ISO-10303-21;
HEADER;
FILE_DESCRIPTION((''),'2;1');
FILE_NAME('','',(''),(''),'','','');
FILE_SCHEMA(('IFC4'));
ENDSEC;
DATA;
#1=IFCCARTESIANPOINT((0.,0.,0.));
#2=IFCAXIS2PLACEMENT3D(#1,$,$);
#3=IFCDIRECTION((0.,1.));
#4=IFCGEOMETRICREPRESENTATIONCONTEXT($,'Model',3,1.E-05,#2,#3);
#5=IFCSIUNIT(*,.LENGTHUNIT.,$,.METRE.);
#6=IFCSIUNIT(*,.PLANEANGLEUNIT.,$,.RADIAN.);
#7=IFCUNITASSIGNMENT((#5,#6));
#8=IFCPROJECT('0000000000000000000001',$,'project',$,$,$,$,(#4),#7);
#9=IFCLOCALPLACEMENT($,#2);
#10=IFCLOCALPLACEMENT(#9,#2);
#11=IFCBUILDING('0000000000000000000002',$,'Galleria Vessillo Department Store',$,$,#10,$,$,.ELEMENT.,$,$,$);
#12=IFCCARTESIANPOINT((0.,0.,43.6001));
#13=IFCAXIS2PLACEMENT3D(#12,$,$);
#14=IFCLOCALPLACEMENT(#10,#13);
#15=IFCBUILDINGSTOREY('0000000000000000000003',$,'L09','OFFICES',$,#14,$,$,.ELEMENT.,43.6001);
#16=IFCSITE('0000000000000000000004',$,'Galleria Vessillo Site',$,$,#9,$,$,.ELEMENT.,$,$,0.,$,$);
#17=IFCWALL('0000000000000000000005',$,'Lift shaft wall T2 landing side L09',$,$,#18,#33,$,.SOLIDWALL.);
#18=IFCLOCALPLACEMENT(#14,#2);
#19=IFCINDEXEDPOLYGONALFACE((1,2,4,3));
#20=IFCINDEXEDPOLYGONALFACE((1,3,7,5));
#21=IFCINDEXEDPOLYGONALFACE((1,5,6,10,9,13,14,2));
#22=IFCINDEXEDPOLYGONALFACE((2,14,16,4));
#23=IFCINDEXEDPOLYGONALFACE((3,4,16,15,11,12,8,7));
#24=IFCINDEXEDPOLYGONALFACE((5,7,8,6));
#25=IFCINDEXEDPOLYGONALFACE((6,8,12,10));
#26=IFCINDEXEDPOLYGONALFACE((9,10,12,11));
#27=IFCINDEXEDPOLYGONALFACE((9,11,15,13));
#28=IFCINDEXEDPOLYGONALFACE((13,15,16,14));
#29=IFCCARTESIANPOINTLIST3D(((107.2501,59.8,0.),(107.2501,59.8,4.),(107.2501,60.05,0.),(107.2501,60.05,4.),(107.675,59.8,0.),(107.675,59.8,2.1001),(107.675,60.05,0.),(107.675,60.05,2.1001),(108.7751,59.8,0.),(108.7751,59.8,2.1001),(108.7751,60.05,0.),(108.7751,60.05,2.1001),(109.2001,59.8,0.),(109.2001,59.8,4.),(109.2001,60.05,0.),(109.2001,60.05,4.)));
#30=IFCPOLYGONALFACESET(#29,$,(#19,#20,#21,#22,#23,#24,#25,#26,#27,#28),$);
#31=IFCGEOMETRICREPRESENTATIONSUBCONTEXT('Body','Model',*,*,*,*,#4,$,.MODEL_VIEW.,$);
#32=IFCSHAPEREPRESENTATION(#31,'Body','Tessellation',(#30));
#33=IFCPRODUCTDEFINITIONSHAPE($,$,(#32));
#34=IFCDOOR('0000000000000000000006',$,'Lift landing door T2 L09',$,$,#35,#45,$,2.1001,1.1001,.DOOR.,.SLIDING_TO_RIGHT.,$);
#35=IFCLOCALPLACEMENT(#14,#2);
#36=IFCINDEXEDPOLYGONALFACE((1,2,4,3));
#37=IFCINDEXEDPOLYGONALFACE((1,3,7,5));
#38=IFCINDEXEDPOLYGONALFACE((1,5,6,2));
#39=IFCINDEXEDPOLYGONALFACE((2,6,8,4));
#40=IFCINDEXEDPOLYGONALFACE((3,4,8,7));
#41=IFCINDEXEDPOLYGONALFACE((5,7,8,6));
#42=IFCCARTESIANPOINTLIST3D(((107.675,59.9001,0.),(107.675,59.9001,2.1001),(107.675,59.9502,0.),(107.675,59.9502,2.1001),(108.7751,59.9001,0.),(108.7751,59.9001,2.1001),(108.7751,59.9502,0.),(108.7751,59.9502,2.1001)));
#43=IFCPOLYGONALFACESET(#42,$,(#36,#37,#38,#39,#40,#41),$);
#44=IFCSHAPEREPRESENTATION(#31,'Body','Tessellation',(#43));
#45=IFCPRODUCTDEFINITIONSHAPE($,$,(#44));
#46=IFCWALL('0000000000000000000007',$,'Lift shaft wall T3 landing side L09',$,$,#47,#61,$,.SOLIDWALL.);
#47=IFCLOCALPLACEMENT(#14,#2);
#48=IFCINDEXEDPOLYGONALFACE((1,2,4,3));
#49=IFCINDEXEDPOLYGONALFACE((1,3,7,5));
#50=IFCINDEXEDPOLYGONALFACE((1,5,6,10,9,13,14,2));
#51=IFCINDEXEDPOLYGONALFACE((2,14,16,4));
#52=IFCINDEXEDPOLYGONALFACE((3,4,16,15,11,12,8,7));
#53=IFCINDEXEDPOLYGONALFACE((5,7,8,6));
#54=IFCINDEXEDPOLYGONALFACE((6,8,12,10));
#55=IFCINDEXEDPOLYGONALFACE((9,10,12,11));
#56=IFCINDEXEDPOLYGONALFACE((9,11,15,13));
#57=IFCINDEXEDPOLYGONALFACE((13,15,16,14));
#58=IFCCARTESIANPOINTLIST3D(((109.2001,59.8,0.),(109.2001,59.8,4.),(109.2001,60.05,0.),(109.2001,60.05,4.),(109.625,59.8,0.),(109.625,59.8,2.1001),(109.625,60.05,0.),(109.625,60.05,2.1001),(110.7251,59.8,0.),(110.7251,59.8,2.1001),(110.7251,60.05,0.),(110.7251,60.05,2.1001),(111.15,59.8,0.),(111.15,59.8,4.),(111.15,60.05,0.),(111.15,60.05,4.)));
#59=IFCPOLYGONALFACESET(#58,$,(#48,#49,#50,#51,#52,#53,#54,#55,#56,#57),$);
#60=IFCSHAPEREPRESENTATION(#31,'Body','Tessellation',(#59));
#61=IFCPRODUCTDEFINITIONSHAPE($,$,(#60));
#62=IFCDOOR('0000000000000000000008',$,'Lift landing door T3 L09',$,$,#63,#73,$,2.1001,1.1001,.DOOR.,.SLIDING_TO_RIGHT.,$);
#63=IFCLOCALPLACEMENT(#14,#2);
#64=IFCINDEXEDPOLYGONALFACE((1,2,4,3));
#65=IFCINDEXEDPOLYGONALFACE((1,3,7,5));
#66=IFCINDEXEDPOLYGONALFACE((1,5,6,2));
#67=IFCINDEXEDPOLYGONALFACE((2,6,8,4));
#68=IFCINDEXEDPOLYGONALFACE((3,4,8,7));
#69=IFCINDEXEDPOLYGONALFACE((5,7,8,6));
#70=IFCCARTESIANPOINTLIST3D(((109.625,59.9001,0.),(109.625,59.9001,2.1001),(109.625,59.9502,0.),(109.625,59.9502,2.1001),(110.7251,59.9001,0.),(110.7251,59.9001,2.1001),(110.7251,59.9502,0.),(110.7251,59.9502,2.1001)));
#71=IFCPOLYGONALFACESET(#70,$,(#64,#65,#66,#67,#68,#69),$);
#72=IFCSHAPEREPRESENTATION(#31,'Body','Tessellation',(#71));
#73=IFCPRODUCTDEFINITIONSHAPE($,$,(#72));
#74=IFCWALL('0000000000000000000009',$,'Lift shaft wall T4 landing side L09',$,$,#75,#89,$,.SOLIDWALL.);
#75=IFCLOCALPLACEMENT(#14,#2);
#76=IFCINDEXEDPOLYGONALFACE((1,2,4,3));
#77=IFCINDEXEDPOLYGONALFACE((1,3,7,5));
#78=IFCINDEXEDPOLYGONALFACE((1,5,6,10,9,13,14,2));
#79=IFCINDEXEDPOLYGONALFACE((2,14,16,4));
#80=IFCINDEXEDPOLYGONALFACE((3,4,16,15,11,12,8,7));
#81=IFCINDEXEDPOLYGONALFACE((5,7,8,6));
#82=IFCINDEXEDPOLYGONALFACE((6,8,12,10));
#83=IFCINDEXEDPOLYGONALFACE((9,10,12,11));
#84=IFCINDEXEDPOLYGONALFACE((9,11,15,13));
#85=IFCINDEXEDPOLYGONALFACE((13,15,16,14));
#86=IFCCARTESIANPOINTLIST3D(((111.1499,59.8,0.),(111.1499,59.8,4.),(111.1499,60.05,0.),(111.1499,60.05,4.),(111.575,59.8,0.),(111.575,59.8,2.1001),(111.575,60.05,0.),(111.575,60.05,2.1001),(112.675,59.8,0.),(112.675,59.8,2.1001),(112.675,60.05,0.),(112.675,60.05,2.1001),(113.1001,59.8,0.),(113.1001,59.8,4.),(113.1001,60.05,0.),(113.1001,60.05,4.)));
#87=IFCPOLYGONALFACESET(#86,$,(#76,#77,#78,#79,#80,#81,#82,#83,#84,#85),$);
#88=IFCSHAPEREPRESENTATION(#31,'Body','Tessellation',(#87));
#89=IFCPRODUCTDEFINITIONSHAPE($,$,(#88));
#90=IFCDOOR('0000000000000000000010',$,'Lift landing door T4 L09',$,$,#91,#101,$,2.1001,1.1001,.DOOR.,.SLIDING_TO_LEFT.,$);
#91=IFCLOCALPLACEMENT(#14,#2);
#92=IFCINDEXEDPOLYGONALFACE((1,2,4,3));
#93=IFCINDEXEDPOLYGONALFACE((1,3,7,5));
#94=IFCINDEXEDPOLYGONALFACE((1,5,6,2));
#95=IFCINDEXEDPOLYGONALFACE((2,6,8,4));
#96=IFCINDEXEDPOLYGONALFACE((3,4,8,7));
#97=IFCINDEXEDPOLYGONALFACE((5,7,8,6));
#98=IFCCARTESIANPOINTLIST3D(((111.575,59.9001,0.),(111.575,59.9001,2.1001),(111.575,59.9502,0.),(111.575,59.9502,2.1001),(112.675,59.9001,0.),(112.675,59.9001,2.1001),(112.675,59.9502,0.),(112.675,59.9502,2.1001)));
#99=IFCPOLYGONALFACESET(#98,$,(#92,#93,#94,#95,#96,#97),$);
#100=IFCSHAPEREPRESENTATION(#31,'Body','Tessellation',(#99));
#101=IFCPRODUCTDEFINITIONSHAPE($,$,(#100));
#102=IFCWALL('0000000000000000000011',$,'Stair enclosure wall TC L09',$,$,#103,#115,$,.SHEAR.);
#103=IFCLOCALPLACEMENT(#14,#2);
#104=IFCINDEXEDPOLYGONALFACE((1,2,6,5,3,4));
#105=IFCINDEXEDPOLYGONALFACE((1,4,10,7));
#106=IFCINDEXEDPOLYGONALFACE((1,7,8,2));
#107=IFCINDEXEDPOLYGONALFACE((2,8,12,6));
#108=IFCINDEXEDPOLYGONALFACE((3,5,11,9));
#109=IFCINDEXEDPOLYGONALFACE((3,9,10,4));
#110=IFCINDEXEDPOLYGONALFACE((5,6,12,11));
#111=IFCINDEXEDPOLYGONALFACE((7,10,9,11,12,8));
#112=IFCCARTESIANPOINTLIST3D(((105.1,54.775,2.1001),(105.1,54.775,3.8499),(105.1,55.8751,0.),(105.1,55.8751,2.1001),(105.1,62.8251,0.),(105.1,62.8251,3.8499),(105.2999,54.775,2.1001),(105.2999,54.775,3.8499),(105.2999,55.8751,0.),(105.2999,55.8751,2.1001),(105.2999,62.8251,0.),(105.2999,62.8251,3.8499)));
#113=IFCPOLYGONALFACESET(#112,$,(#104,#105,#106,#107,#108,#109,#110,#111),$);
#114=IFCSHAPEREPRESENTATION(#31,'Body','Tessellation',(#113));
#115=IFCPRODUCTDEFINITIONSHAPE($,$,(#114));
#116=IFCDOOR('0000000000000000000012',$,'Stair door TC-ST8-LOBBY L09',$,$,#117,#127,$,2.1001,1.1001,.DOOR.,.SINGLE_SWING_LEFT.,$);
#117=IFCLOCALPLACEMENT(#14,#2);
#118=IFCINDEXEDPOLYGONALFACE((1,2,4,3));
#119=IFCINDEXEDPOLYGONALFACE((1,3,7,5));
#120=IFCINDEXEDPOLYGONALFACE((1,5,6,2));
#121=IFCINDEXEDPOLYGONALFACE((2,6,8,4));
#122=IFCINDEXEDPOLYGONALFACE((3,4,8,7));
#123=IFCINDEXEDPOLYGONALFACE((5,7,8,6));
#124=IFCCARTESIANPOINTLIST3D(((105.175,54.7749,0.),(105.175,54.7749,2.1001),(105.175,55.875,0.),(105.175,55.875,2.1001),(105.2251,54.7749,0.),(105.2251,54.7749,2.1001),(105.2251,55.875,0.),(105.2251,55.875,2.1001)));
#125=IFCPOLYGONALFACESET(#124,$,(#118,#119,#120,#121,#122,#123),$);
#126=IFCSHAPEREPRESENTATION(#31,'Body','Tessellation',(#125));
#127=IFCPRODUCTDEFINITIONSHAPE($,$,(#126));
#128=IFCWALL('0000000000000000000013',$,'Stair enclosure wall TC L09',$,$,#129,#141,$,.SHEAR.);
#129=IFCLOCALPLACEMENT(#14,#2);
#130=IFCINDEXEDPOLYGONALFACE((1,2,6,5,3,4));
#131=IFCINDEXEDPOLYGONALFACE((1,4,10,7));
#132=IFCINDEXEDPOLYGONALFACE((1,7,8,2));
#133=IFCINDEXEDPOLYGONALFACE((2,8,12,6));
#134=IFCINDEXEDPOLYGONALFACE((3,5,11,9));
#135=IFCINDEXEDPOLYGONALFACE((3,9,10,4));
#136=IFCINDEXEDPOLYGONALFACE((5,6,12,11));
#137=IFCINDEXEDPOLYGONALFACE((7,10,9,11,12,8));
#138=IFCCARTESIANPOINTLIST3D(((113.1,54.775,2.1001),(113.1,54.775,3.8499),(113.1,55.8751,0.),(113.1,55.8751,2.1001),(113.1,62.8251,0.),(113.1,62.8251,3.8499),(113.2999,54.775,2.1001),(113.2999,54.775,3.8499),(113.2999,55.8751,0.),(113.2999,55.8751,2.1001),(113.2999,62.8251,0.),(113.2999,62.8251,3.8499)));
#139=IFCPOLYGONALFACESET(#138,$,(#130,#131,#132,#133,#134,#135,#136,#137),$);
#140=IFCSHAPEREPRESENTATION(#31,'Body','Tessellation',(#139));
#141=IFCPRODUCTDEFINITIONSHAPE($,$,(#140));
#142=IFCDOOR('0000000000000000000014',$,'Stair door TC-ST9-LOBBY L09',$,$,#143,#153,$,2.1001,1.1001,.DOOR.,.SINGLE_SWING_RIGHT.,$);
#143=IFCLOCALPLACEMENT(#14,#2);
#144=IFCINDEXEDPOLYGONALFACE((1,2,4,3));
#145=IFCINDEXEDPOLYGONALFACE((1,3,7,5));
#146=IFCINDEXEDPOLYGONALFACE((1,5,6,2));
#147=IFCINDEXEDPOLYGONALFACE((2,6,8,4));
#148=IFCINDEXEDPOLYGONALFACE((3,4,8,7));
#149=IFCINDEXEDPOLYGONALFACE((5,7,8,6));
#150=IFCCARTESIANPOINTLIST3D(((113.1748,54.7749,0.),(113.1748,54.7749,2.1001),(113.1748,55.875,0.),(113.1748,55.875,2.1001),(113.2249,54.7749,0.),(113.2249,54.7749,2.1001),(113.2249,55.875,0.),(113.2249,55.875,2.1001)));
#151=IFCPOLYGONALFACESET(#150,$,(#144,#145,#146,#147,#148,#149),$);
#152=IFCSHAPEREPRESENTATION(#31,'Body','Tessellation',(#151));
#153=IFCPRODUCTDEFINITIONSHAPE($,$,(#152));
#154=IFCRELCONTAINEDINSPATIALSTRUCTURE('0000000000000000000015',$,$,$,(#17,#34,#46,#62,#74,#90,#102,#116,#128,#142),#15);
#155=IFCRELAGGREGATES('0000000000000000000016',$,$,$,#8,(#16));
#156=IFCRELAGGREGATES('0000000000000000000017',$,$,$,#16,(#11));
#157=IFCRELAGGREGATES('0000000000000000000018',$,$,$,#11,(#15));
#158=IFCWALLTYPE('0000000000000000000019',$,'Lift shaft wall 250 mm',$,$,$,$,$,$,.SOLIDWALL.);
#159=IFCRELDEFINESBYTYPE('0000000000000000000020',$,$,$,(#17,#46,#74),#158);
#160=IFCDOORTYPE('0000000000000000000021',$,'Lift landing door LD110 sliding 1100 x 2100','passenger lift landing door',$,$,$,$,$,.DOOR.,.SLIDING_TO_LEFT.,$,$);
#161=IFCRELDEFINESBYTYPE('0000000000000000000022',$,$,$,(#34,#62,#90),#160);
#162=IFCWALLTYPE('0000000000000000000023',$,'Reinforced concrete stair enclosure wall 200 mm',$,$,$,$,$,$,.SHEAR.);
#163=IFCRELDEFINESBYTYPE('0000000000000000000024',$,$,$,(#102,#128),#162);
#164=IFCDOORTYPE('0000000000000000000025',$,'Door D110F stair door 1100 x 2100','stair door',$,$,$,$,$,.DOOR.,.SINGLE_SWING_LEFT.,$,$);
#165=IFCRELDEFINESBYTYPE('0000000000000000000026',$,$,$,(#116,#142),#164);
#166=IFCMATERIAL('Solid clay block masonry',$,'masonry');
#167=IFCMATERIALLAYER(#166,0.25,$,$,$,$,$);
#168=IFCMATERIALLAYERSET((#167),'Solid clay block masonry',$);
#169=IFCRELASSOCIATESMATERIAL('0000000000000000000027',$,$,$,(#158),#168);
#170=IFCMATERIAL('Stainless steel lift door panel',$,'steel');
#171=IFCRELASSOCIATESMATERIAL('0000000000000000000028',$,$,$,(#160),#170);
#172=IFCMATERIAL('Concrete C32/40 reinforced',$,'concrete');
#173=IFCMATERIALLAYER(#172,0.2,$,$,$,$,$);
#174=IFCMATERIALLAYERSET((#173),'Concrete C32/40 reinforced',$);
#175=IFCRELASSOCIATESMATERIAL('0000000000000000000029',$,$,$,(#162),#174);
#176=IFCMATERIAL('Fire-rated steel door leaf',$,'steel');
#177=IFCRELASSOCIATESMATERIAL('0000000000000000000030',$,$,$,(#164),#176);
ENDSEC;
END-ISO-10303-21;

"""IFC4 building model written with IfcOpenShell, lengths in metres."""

from ifc_helpers import new_model, si_unit, direction, frame, frame_2d, origin, place, context, subcontext, project, spatial, rectangle, extrude, material, layer, layer_set, type_object, element, fill, save


model = new_model("IFC4")

# Units and contexts
model_context = context("Model", 3, precision=1e-05, world=origin(), true_north=direction((0.0, 1.0)))
body_context = subcontext(model_context, "Body", "Model", "MODEL_VIEW")
ifc_project = project(units=[si_unit("LENGTHUNIT", "METRE"), si_unit("PLANEANGLEUNIT", "RADIAN")], contexts=[model_context])

# Site, building, storey
site_placement = place(None, origin())
site = spatial("IfcSite", under=ifc_project, at=site_placement, Name="Galleria Vessillo Site", CompositionType="ELEMENT", RefElevation=0.0)
building_placement = place(site_placement, origin())
building = spatial("IfcBuilding", under=site, at=building_placement, Name="Galleria Vessillo Department Store", CompositionType="ELEMENT")
storey_placement = place(building_placement, frame((0.0, 0.0, 43.6001)))
storey = spatial("IfcBuildingStorey", under=building, at=storey_placement, Name="L09", Description="OFFICES", CompositionType="ELEMENT", Elevation=43.6001)

# Walls, openings, doors
ifc_material_1 = material(Name="Solid clay block masonry", Category="masonry")
ifc_layer_1 = layer(ifc_material_1, 0.25)
ifc_layer_set_1 = layer_set([ifc_layer_1], Name="Solid clay block masonry")
wall_type_1 = type_object("IfcWallType", Name="Lift shaft wall 250 mm", PredefinedType="SOLIDWALL", material=ifc_layer_set_1)
ifc_material_2 = material(Name="Stainless steel lift door panel", Category="steel")
door_type_1 = type_object("IfcDoorType", Name="Lift landing door LD110 sliding 1100 x 2100", Description="passenger lift landing door", OperationType="SLIDING_TO_LEFT", PredefinedType="DOOR", material=ifc_material_2)
wall_1_placement = place(storey_placement, frame((107.25, 59.925, 0.0), z_axis=(0.0, 0.0, 1.0), x_axis=(1.0, 0.0, 0.0)))
wall_1 = element("IfcWall", 1, at=wall_1_placement, inside=storey, type_object=wall_type_1, Name="Lift shaft wall T2 landing side L09", PredefinedType="SOLIDWALL", context=body_context, shape_type="SweptSolid", body=[
    extrude(rectangle(XDim=1.95, YDim=0.25, at=frame_2d((0.9751, 0.0))), origin(), (0.0, 0.0, 1.0), 4.0),
])
opening_1_placement = place(wall_1_placement, frame((0.425, 0.0, 0.0)))
opening_1 = element("IfcOpeningElement", 2, at=opening_1_placement, cuts=wall_1, PredefinedType="OPENING", context=body_context, shape_type="SweptSolid", body=[
    extrude(rectangle(XDim=1.1001, YDim=2.1001, at=frame_2d((0.55, 1.05))), frame((0.0, 0.135, 0.0), z_axis=(0.0, -1.0, 0.0), x_axis=(1.0, 0.0, 0.0)), (0.0, 0.0, 1.0), 0.27),
])
door_1_placement = place(opening_1_placement, frame((1.1001, 0.0, 0.0), z_axis=(0.0, 0.0, 1.0), x_axis=(-1.0, 0.0, 0.0)))
door_1 = element("IfcDoor", 3, at=door_1_placement, inside=storey, type_object=door_type_1, Name="Lift landing door T2 L09", OperationType="SLIDING_TO_RIGHT", OverallHeight=2.1001, OverallWidth=1.1001, PredefinedType="DOOR", context=body_context, shape_type="SweptSolid", body=[
    extrude(rectangle(XDim=1.1001, YDim=2.1001, at=frame_2d((0.55, 1.05))), frame((0.0, 0.0249, 0.0), z_axis=(0.0, -1.0, 0.0), x_axis=(1.0, 0.0, 0.0)), (0.0, 0.0, 1.0), 0.05),
])
fill(opening_1, door_1)
wall_2_placement = place(storey_placement, frame((109.2, 59.925, 0.0), z_axis=(0.0, 0.0, 1.0), x_axis=(1.0, 0.0, 0.0)))
wall_2 = element("IfcWall", 4, at=wall_2_placement, inside=storey, type_object=wall_type_1, Name="Lift shaft wall T3 landing side L09", PredefinedType="SOLIDWALL", context=body_context, shape_type="SweptSolid", body=[
    extrude(rectangle(XDim=1.95, YDim=0.25, at=frame_2d((0.9751, 0.0))), origin(), (0.0, 0.0, 1.0), 4.0),
])
opening_2_placement = place(wall_2_placement, frame((0.425, 0.0, 0.0)))
opening_2 = element("IfcOpeningElement", 5, at=opening_2_placement, cuts=wall_2, PredefinedType="OPENING", context=body_context, shape_type="SweptSolid", body=[
    extrude(rectangle(XDim=1.1001, YDim=2.1001, at=frame_2d((0.55, 1.05))), frame((0.0, 0.135, 0.0), z_axis=(0.0, -1.0, 0.0), x_axis=(1.0, 0.0, 0.0)), (0.0, 0.0, 1.0), 0.27),
])
door_2_placement = place(opening_2_placement, frame((1.1001, 0.0, 0.0), z_axis=(0.0, 0.0, 1.0), x_axis=(-1.0, 0.0, 0.0)))
door_2 = element("IfcDoor", 6, at=door_2_placement, inside=storey, type_object=door_type_1, Name="Lift landing door T3 L09", OperationType="SLIDING_TO_RIGHT", OverallHeight=2.1001, OverallWidth=1.1001, PredefinedType="DOOR", context=body_context, shape_type="SweptSolid", body=[
    extrude(rectangle(XDim=1.1001, YDim=2.1001, at=frame_2d((0.55, 1.05))), frame((0.0, 0.0249, 0.0), z_axis=(0.0, -1.0, 0.0), x_axis=(1.0, 0.0, 0.0)), (0.0, 0.0, 1.0), 0.05),
])
fill(opening_2, door_2)
wall_3_placement = place(storey_placement, frame((111.1499, 59.925, 0.0), z_axis=(0.0, 0.0, 1.0), x_axis=(1.0, 0.0, 0.0)))
wall_3 = element("IfcWall", 7, at=wall_3_placement, inside=storey, type_object=wall_type_1, Name="Lift shaft wall T4 landing side L09", PredefinedType="SOLIDWALL", context=body_context, shape_type="SweptSolid", body=[
    extrude(rectangle(XDim=1.9502, YDim=0.25, at=frame_2d((0.9751, 0.0))), origin(), (0.0, 0.0, 1.0), 4.0),
])
opening_3_placement = place(wall_3_placement, frame((0.425, 0.0, 0.0)))
opening_3 = element("IfcOpeningElement", 8, at=opening_3_placement, cuts=wall_3, PredefinedType="OPENING", context=body_context, shape_type="SweptSolid", body=[
    extrude(rectangle(XDim=1.1001, YDim=2.1001, at=frame_2d((0.55, 1.05))), frame((0.0, 0.135, 0.0), z_axis=(0.0, -1.0, 0.0), x_axis=(1.0, 0.0, 0.0)), (0.0, 0.0, 1.0), 0.27),
])
door_3_placement = place(opening_3_placement, frame((1.1001, 0.0, 0.0), z_axis=(0.0, 0.0, 1.0), x_axis=(-1.0, 0.0, 0.0)))
door_3 = element("IfcDoor", 9, at=door_3_placement, inside=storey, type_object=door_type_1, Name="Lift landing door T4 L09", OperationType="SLIDING_TO_LEFT", OverallHeight=2.1001, OverallWidth=1.1001, PredefinedType="DOOR", context=body_context, shape_type="SweptSolid", body=[
    extrude(rectangle(XDim=1.1001, YDim=2.1001, at=frame_2d((0.55, 1.05))), frame((0.0, 0.0249, 0.0), z_axis=(0.0, -1.0, 0.0), x_axis=(1.0, 0.0, 0.0)), (0.0, 0.0, 1.0), 0.05),
])
fill(opening_3, door_3)
ifc_material_3 = material(Name="Concrete C32/40 reinforced", Category="concrete")
ifc_layer_2 = layer(ifc_material_3, 0.2)
ifc_layer_set_2 = layer_set([ifc_layer_2], Name="Concrete C32/40 reinforced")
wall_type_2 = type_object("IfcWallType", Name="Reinforced concrete stair enclosure wall 200 mm", PredefinedType="SHEAR", material=ifc_layer_set_2)
wall_4_placement = place(storey_placement, frame((105.2, 62.825, 0.0), z_axis=(0.0, 0.0, 1.0), x_axis=(0.0, -1.0, 0.0)))
wall_4 = element("IfcWall", 10, at=wall_4_placement, inside=storey, type_object=wall_type_2, Name="Stair enclosure wall TC L09", PredefinedType="SHEAR", context=body_context, shape_type="SweptSolid", body=[
    extrude(rectangle(XDim=8.05, YDim=0.2, at=frame_2d((4.0249, 0.0))), origin(), (0.0, 0.0, 1.0), 3.8499),
])
opening_4_placement = place(wall_4_placement, frame((6.95, 0.0, 0.0)))
opening_4 = element("IfcOpeningElement", 11, at=opening_4_placement, cuts=wall_4, PredefinedType="OPENING", context=body_context, shape_type="SweptSolid", body=[
    extrude(rectangle(XDim=1.1101, YDim=2.1001, at=frame_2d((0.5549, 1.05))), frame((0.0, 0.1099, 0.0), z_axis=(0.0, -1.0, 0.0), x_axis=(1.0, 0.0, 0.0)), (0.0, 0.0, 1.0), 0.22),
])
ifc_material_4 = material(Name="Fire-rated steel door leaf", Category="steel")
door_type_2 = type_object("IfcDoorType", Name="Door D110F stair door 1100 x 2100", Description="stair door", OperationType="SINGLE_SWING_LEFT", PredefinedType="DOOR", material=ifc_material_4)
door_4_placement = place(opening_4_placement, frame((1.1001, 0.0, 0.0), z_axis=(0.0, 0.0, 1.0), x_axis=(-1.0, 0.0, 0.0)))
door_4 = element("IfcDoor", 12, at=door_4_placement, inside=storey, type_object=door_type_2, Name="Stair door TC-ST8-LOBBY L09", OperationType="SINGLE_SWING_LEFT", OverallHeight=2.1001, OverallWidth=1.1001, PredefinedType="DOOR", context=body_context, shape_type="SweptSolid", body=[
    extrude(rectangle(XDim=1.1001, YDim=2.1001, at=frame_2d((0.55, 1.05))), frame((0.0, 0.0249, 0.0), z_axis=(0.0, -1.0, 0.0), x_axis=(1.0, 0.0, 0.0)), (0.0, 0.0, 1.0), 0.05),
])
fill(opening_4, door_4)
wall_5_placement = place(storey_placement, frame((113.2, 62.825, 0.0), z_axis=(0.0, 0.0, 1.0), x_axis=(0.0, -1.0, 0.0)))
wall_5 = element("IfcWall", 13, at=wall_5_placement, inside=storey, type_object=wall_type_2, Name="Stair enclosure wall TC L09", PredefinedType="SHEAR", context=body_context, shape_type="SweptSolid", body=[
    extrude(rectangle(XDim=8.05, YDim=0.2, at=frame_2d((4.0249, 0.0))), origin(), (0.0, 0.0, 1.0), 3.8499),
])
opening_5_placement = place(wall_5_placement, frame((6.95, 0.0, 0.0)))
opening_5 = element("IfcOpeningElement", 14, at=opening_5_placement, cuts=wall_5, PredefinedType="OPENING", context=body_context, shape_type="SweptSolid", body=[
    extrude(rectangle(XDim=1.1101, YDim=2.1001, at=frame_2d((0.5549, 1.05))), frame((0.0, 0.1099, 0.0), z_axis=(0.0, -1.0, 0.0), x_axis=(1.0, 0.0, 0.0)), (0.0, 0.0, 1.0), 0.22),
])
door_5_placement = place(opening_5_placement, origin())
door_5 = element("IfcDoor", 15, at=door_5_placement, inside=storey, type_object=door_type_2, Name="Stair door TC-ST9-LOBBY L09", OperationType="SINGLE_SWING_RIGHT", OverallHeight=2.1001, OverallWidth=1.1001, PredefinedType="DOOR", context=body_context, shape_type="SweptSolid", body=[
    extrude(rectangle(XDim=1.1001, YDim=2.1001, at=frame_2d((0.55, 1.05))), frame((0.0, 0.0249, 0.0), z_axis=(0.0, -1.0, 0.0), x_axis=(1.0, 0.0, 0.0)), (0.0, 0.0, 1.0), 0.05),
])
fill(opening_5, door_5)

save(model, "model.ifc")
